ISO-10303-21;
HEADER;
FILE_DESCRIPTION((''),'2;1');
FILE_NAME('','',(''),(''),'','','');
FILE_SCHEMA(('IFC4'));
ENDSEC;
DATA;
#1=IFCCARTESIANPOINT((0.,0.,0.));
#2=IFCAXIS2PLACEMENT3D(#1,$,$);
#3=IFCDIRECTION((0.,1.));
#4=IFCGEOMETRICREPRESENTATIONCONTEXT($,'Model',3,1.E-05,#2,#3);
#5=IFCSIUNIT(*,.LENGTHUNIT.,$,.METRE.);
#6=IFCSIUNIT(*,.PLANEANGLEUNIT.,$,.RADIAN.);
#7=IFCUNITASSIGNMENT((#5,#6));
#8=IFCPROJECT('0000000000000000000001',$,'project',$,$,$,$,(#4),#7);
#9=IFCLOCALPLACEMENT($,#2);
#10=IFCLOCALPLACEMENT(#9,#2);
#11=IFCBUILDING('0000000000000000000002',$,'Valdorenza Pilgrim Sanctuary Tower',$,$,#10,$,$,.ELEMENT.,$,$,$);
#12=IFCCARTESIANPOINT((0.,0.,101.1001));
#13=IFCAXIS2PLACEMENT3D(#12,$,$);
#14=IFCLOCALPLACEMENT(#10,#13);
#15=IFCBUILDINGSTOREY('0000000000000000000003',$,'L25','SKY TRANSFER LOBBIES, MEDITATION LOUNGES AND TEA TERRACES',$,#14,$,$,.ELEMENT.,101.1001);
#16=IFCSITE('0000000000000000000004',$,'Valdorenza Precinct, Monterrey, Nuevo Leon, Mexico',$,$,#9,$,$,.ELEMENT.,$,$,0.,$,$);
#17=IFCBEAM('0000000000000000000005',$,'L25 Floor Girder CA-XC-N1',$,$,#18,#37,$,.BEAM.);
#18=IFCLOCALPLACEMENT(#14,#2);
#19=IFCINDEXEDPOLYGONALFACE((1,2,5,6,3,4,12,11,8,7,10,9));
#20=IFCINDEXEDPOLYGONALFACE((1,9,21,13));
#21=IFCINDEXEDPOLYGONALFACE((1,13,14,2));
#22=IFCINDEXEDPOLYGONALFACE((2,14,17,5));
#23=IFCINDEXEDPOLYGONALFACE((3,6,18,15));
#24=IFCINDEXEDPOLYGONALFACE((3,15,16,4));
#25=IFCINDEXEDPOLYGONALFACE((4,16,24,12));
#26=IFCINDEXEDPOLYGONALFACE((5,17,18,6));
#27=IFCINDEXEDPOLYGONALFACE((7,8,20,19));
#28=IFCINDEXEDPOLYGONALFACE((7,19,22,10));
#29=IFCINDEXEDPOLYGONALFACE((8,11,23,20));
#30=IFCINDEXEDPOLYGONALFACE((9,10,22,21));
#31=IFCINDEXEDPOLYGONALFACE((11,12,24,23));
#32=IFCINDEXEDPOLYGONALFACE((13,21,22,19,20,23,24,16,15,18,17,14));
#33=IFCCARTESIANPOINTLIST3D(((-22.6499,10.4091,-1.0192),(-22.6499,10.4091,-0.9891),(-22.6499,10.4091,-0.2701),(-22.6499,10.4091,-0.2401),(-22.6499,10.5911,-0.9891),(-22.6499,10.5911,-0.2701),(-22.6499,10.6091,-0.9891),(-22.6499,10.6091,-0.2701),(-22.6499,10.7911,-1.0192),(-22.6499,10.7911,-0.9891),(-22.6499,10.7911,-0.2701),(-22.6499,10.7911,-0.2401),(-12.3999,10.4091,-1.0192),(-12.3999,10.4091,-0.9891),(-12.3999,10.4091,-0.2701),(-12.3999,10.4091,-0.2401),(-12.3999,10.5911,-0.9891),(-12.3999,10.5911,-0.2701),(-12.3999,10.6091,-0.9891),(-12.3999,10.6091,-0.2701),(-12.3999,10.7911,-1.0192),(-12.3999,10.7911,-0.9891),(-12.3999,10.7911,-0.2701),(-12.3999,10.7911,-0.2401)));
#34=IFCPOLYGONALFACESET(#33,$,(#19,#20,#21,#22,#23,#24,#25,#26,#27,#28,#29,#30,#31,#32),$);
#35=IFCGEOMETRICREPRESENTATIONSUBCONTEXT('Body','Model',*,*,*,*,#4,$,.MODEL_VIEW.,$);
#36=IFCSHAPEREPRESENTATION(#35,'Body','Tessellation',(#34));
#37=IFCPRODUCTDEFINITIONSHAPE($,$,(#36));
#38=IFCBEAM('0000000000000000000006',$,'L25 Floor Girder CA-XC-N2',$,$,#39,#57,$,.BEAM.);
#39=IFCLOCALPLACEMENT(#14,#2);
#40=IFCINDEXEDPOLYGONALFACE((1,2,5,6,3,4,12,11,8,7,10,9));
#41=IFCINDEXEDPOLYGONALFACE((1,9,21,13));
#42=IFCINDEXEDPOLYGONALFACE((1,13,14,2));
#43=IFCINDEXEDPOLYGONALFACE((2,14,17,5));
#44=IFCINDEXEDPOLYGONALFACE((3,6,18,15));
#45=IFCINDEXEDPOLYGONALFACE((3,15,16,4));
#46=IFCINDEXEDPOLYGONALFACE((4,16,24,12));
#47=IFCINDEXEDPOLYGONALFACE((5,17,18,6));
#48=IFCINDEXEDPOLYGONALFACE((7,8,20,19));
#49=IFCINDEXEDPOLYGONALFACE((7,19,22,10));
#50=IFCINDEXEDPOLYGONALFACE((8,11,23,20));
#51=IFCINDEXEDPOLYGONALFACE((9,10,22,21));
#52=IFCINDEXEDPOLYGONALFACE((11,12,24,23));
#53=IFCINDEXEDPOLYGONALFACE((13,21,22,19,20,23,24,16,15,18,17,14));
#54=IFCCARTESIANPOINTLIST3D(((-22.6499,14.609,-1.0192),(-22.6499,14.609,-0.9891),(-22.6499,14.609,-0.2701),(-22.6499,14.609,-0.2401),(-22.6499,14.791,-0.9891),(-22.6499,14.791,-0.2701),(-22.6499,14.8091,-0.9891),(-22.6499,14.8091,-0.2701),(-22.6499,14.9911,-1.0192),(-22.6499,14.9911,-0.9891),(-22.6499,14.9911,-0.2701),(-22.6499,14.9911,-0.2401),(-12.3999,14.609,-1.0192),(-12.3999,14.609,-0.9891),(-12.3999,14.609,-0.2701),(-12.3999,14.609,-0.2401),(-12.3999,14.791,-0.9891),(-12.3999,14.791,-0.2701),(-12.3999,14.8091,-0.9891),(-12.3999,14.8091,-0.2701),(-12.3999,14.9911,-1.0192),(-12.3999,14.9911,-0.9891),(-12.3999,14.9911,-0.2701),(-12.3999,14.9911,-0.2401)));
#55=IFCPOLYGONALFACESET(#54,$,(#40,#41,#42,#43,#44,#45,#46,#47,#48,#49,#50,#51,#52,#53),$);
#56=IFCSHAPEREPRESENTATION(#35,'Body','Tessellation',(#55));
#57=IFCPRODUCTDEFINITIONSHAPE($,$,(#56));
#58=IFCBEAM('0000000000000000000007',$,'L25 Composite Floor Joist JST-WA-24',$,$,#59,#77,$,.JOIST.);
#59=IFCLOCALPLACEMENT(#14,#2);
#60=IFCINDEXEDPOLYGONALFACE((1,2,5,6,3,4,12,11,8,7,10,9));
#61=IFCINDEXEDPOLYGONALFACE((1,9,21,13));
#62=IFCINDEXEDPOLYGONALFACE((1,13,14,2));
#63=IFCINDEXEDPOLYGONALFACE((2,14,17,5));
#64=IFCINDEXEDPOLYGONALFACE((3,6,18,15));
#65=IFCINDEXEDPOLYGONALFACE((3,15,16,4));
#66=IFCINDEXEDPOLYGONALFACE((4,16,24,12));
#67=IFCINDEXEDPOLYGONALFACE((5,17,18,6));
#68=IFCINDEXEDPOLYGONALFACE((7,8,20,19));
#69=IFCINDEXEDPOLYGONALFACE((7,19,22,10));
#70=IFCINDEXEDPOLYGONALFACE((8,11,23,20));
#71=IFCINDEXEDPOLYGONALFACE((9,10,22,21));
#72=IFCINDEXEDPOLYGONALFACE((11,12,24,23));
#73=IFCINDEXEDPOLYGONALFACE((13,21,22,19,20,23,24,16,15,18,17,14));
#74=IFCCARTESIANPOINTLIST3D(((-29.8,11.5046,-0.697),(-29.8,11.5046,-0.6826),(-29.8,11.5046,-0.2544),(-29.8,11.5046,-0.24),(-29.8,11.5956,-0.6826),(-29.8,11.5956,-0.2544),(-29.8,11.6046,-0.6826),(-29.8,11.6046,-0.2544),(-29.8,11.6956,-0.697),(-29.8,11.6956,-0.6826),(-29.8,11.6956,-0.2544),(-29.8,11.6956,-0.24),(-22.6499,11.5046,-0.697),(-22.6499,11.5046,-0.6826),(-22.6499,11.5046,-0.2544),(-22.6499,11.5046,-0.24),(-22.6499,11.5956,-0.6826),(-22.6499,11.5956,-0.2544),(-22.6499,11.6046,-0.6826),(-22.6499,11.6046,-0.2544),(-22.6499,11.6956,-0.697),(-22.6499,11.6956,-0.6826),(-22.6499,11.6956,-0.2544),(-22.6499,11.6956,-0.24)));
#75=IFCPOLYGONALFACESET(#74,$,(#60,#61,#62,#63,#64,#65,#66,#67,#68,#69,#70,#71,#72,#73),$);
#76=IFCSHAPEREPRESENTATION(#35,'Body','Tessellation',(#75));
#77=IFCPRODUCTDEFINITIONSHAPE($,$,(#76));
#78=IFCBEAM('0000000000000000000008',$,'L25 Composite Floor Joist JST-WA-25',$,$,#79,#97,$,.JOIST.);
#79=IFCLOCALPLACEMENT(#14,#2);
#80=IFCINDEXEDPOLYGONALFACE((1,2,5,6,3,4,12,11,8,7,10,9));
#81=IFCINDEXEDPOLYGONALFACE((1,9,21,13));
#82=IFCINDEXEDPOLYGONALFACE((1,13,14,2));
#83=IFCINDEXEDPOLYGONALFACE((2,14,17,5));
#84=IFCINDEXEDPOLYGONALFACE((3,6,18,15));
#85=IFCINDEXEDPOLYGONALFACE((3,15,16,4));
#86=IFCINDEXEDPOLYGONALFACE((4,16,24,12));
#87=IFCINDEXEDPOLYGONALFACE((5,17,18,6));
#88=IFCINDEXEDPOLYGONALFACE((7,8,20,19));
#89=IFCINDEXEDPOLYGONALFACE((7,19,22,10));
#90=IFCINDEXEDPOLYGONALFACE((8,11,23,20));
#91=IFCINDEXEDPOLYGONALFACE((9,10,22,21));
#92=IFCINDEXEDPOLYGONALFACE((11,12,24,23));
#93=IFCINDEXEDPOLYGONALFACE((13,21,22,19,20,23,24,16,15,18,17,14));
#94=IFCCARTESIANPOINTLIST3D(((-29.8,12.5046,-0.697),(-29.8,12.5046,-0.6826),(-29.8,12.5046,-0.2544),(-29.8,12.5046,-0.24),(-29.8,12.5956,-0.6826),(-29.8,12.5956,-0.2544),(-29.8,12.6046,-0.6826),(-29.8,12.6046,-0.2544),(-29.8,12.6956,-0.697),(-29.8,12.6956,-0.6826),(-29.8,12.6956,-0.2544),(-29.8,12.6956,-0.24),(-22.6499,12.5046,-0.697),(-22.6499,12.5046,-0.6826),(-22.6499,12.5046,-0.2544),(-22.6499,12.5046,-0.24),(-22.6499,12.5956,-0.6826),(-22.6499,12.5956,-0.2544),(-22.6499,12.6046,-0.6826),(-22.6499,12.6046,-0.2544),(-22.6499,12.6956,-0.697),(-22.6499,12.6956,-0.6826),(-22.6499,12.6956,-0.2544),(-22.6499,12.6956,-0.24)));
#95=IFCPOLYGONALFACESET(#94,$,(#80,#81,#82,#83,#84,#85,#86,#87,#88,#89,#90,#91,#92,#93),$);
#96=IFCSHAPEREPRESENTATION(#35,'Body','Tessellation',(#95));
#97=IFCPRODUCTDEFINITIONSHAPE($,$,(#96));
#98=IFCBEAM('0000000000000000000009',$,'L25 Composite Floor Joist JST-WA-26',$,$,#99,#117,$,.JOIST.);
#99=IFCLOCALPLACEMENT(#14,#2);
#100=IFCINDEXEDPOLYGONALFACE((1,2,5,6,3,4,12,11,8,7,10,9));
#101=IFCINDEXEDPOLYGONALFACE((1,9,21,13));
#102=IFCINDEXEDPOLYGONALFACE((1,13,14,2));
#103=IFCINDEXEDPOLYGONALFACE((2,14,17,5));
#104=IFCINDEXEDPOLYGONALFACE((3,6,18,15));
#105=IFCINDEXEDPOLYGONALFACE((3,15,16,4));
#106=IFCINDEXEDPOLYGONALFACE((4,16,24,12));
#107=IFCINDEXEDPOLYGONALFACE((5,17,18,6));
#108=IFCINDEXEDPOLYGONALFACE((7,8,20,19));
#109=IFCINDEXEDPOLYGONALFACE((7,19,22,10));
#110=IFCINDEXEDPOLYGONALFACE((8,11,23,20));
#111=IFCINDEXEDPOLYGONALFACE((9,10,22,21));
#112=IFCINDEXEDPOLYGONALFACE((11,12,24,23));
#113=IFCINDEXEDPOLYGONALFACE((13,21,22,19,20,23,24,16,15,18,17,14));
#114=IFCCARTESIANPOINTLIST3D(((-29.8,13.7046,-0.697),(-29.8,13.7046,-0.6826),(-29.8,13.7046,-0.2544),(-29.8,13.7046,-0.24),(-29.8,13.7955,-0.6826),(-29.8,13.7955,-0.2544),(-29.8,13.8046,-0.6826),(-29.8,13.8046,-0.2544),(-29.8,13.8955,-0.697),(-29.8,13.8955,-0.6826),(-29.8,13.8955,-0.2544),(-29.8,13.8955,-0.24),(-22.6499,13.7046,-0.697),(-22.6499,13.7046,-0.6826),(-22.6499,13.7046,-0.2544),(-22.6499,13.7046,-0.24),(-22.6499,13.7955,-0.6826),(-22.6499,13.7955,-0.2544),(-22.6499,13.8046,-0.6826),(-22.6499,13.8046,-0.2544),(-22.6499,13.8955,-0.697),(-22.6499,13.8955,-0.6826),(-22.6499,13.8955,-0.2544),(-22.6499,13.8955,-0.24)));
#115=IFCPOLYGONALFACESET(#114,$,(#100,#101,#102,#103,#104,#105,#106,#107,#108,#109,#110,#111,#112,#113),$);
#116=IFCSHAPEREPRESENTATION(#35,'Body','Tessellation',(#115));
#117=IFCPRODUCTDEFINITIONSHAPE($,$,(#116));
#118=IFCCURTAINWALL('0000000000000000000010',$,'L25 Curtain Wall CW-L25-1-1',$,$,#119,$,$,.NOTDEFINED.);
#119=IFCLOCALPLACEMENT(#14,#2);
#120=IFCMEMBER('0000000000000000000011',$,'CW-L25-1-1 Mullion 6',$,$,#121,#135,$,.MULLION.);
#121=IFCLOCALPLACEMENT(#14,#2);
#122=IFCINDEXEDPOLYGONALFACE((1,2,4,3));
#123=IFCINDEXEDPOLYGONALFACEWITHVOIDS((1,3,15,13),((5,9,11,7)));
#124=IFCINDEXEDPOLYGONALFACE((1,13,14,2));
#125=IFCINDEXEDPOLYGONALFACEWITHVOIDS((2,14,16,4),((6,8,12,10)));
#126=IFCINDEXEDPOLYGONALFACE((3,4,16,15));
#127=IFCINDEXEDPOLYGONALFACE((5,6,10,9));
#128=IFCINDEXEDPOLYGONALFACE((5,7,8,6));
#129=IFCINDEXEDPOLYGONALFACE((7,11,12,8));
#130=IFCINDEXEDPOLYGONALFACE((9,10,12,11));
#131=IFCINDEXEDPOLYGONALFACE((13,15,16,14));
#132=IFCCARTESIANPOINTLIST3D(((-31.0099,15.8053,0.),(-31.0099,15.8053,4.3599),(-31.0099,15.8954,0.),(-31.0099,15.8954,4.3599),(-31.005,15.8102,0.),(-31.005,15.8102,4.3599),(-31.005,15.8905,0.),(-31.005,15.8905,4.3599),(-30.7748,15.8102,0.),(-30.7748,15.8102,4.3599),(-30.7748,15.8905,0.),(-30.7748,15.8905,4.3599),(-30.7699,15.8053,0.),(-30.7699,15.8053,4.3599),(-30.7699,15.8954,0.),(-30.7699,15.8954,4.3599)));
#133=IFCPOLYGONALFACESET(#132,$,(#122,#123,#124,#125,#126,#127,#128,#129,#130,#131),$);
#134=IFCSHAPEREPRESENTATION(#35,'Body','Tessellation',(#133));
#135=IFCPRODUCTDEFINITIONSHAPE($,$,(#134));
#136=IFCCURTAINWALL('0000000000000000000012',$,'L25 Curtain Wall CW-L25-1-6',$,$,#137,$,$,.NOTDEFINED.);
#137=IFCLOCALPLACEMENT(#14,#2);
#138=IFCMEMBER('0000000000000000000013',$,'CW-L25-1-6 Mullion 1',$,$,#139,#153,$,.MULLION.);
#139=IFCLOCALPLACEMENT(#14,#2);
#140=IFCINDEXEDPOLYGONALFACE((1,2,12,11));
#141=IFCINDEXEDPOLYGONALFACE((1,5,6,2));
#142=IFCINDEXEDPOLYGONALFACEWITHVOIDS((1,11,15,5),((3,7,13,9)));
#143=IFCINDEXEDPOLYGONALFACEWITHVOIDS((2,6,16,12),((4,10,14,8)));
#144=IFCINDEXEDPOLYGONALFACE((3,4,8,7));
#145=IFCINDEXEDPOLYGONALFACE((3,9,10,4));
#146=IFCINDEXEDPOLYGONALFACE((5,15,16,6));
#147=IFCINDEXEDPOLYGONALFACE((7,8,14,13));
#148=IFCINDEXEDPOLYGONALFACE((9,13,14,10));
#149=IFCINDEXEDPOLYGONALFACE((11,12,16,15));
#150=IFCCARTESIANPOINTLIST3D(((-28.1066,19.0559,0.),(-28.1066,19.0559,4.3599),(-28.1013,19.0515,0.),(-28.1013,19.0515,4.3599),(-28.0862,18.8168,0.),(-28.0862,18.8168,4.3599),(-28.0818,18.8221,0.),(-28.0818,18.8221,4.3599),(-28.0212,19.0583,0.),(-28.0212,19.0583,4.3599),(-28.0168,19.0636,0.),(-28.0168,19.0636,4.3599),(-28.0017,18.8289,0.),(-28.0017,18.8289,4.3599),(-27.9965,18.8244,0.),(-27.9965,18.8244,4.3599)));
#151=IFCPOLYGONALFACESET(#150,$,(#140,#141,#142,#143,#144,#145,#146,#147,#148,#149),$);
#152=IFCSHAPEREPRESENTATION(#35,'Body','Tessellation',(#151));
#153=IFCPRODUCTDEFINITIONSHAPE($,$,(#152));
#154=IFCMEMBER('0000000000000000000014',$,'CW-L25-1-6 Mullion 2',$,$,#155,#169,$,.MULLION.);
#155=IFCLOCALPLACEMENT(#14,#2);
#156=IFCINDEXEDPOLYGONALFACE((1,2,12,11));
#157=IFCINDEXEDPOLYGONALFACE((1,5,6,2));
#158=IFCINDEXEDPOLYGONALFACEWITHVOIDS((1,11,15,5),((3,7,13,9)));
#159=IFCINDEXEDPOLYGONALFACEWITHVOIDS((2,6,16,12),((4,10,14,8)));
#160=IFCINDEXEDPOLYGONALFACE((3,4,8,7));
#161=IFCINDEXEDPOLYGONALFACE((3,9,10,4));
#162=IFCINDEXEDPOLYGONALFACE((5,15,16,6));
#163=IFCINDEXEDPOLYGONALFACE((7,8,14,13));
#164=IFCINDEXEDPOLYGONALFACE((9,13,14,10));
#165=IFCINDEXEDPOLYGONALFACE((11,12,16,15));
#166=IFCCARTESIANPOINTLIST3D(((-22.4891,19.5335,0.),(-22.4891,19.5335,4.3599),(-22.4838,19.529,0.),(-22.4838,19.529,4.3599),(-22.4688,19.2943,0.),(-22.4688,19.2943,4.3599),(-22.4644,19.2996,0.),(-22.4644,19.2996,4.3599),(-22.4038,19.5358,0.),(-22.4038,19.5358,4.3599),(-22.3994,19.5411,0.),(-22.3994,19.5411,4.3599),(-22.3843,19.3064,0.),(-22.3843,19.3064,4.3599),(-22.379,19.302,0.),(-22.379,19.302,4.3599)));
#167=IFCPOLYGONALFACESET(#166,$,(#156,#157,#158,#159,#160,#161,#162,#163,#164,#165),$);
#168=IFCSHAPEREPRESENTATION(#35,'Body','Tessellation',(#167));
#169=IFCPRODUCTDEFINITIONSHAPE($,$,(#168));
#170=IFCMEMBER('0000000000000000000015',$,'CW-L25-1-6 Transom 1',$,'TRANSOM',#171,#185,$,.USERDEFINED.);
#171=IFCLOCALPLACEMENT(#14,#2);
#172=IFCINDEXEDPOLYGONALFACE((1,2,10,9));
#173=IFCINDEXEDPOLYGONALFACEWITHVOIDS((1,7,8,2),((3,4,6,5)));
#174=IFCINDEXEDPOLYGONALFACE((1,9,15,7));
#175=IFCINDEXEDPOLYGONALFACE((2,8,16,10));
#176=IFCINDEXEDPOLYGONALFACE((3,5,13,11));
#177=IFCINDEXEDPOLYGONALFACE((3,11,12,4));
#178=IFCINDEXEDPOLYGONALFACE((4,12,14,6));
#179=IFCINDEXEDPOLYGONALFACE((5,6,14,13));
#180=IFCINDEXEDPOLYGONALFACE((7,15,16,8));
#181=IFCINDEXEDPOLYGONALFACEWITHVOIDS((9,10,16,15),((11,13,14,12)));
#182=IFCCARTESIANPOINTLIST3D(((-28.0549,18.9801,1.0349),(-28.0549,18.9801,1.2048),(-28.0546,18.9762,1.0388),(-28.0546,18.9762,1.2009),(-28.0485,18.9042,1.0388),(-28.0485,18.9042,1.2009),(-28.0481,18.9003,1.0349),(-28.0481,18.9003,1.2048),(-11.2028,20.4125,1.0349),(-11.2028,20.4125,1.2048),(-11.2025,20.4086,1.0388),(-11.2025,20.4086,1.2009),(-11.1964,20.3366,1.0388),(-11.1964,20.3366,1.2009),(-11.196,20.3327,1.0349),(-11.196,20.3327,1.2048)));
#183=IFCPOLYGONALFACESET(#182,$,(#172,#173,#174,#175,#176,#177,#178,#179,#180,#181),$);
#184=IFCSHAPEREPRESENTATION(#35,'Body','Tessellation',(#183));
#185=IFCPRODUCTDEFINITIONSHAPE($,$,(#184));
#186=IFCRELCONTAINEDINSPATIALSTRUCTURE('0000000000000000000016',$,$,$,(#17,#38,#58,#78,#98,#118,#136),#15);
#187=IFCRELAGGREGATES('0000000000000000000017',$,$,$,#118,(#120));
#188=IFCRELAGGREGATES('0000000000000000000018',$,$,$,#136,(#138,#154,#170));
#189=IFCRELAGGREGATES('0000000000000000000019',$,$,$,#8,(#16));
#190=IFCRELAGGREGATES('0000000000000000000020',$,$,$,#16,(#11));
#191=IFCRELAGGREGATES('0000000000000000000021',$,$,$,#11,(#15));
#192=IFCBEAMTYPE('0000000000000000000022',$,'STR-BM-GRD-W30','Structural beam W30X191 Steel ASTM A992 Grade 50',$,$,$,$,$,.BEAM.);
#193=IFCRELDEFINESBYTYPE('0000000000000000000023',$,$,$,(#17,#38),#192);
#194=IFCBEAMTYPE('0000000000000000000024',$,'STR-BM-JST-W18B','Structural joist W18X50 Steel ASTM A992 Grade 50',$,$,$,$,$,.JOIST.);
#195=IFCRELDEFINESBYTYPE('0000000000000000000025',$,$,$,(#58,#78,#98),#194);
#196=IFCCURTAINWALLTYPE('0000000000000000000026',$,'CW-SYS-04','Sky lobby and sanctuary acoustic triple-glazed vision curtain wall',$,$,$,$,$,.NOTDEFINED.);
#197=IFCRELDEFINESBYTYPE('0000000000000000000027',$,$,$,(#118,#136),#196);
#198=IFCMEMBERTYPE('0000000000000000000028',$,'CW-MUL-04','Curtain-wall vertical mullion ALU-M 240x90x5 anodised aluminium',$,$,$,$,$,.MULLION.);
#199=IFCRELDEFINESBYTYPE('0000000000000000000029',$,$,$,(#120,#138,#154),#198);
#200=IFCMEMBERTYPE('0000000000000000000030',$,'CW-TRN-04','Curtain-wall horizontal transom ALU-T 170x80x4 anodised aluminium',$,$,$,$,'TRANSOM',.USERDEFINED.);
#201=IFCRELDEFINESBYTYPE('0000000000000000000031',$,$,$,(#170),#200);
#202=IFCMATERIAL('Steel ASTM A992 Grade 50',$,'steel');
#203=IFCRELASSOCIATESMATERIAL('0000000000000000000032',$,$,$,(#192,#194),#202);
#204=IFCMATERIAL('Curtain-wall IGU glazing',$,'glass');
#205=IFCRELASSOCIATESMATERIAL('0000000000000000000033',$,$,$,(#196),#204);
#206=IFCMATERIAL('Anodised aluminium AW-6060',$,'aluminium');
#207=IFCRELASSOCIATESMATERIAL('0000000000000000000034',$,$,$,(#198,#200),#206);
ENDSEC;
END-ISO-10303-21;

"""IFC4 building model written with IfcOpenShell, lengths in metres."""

from ifc_helpers import new_model, si_unit, direction, frame, origin, origin_2d, place, context, subcontext, project, spatial, hollow_rectangle, i_section, extrude, source, transform, mapped, material, material_profile, profile_set, type_object, element, aggregate, save


model = new_model("IFC4")

# Units and contexts
model_context = context("Model", 3, precision=1e-05, world=origin(), true_north=direction((0.0, 1.0)))
body_context = subcontext(model_context, "Body", "Model", "MODEL_VIEW")
ifc_project = project(units=[si_unit("LENGTHUNIT", "METRE"), si_unit("PLANEANGLEUNIT", "RADIAN")], contexts=[model_context])

# Site, building, storey
site_placement = place(None, origin())
site = spatial("IfcSite", under=ifc_project, at=site_placement, Name="Valdorenza Precinct, Monterrey, Nuevo Leon, Mexico", CompositionType="ELEMENT", RefElevation=0.0)
building_placement = place(site_placement, origin())
building = spatial("IfcBuilding", under=site, at=building_placement, Name="Valdorenza Pilgrim Sanctuary Tower", CompositionType="ELEMENT")
storey_placement = place(building_placement, frame((0.0, 0.0, 101.1001)))
storey = spatial("IfcBuildingStorey", under=building, at=storey_placement, Name="L25", Description="SKY TRANSFER LOBBIES, MEDITATION LOUNGES AND TEA TERRACES", CompositionType="ELEMENT", Elevation=101.1001)

# Beams
ifc_material_1 = material(Name="Steel ASTM A992 Grade 50", Category="steel")
ifc_material_profile_1 = material_profile(ifc_material_1, i_section(OverallWidth=0.3821, OverallDepth=0.7791, WebThickness=0.0181, FlangeThickness=0.03, at=origin_2d()), Name="W30X191")
ifc_profile_set_1 = profile_set([ifc_material_profile_1], Name="Steel ASTM A992 Grade 50")
beam_type_1 = type_object("IfcBeamType", Name="STR-BM-GRD-W30", Description="Structural beam W30X191 Steel ASTM A992 Grade 50", PredefinedType="BEAM", material=ifc_profile_set_1)
shared_shape_1 = source(origin(), body_context, "Body", "SweptSolid", [
    extrude(i_section(OverallWidth=0.3821, OverallDepth=0.7791, WebThickness=0.0181, FlangeThickness=0.03, at=origin_2d()), origin(), (0.0, 0.0, 1.0), 10.25),
])
for number, where, z_axis, x_axis, name in (
    (1, (-22.6499, 10.6001, -0.6296), (1.0, 0.0, 0.0), (0.0, 1.0, 0.0), "L25 Floor Girder CA-XC-N1"),
    (2, (-22.6499, 14.8, -0.6296), (1.0, 0.0, 0.0), (0.0, 1.0, 0.0), "L25 Floor Girder CA-XC-N2"),
):
    element("IfcBeam", number, at=place(storey_placement, frame(where, z_axis=z_axis, x_axis=x_axis)), inside=storey, type_object=beam_type_1, Name=name, PredefinedType="BEAM", context=body_context, shape_type="MappedRepresentation", body=[
        mapped(shared_shape_1, transform((0.0, 0.0, 0.0), x_axis=(1.0, 0.0, 0.0), y_axis=(0.0, 1.0, 0.0), z_axis=(0.0, 0.0, 1.0), scale=1.0)),
    ])
ifc_material_profile_2 = material_profile(ifc_material_1, i_section(OverallWidth=0.1909, OverallDepth=0.457, WebThickness=0.009, FlangeThickness=0.0144, at=origin_2d()), Name="W18X50")
ifc_profile_set_2 = profile_set([ifc_material_profile_2], Name="Steel ASTM A992 Grade 50")
beam_type_2 = type_object("IfcBeamType", Name="STR-BM-JST-W18B", Description="Structural joist W18X50 Steel ASTM A992 Grade 50", PredefinedType="JOIST", material=ifc_profile_set_2)
shared_shape_2 = source(origin(), body_context, "Body", "SweptSolid", [
    extrude(i_section(OverallWidth=0.1909, OverallDepth=0.457, WebThickness=0.009, FlangeThickness=0.0144, at=origin_2d()), origin(), (0.0, 0.0, 1.0), 7.1501),
])
for number, where, z_axis, x_axis, name in (
    (3, (-29.8, 11.6001, -0.4685), (1.0, 0.0, 0.0), (0.0, 1.0, 0.0), "L25 Composite Floor Joist JST-WA-24"),
    (4, (-29.8, 12.6001, -0.4685), (1.0, 0.0, 0.0), (0.0, 1.0, 0.0), "L25 Composite Floor Joist JST-WA-25"),
    (5, (-29.8, 13.8, -0.4685), (1.0, 0.0, 0.0), (0.0, 1.0, 0.0), "L25 Composite Floor Joist JST-WA-26"),
):
    element("IfcBeam", number, at=place(storey_placement, frame(where, z_axis=z_axis, x_axis=x_axis)), inside=storey, type_object=beam_type_2, Name=name, PredefinedType="JOIST", context=body_context, shape_type="MappedRepresentation", body=[
        mapped(shared_shape_2, transform((0.0, 0.0, 0.0), x_axis=(1.0, 0.0, 0.0), y_axis=(0.0, 1.0, 0.0), z_axis=(0.0, 0.0, 1.0), scale=1.0)),
    ])

# Curtain wall, member
ifc_material_2 = material(Name="Curtain-wall IGU glazing", Category="glass")
curtain_wall_type = type_object("IfcCurtainWallType", Name="CW-SYS-04", Description="Sky lobby and sanctuary acoustic triple-glazed vision curtain wall", PredefinedType="NOTDEFINED", material=ifc_material_2)
curtain_wall_1_placement = place(storey_placement, origin())
curtain_wall_1 = element("IfcCurtainWall", 6, at=curtain_wall_1_placement, inside=storey, type_object=curtain_wall_type, Name="L25 Curtain Wall CW-L25-1-1", PredefinedType="NOTDEFINED")
ifc_material_3 = material(Name="Anodised aluminium AW-6060", Category="aluminium")
ifc_material_profile_3 = material_profile(ifc_material_3, hollow_rectangle(XDim=0.0901, YDim=0.24, WallThickness=0.0049, at=origin_2d()), Name="ALU-M 240x90x5")
ifc_profile_set_3 = profile_set([ifc_material_profile_3], Name="Anodised aluminium AW-6060")
member_type_1 = type_object("IfcMemberType", Name="CW-MUL-04", Description="Curtain-wall vertical mullion ALU-M 240x90x5 anodised aluminium", PredefinedType="MULLION", material=ifc_profile_set_3)
shared_shape_3 = source(origin(), body_context, "Body", "SweptSolid", [
    extrude(hollow_rectangle(XDim=0.0901, YDim=0.24, WallThickness=0.0049, at=origin_2d()), origin(), (0.0, 0.0, 1.0), 4.3599),
])
member_1_placement = place(storey_placement, frame((-30.8899, 15.8503, 0.0), z_axis=(0.0, 0.0, 1.0), x_axis=(0.0, 1.0, 0.0)))
member_1 = element("IfcMember", 7, at=member_1_placement, type_object=member_type_1, Name="CW-L25-1-1 Mullion 6", PredefinedType="MULLION", context=body_context, shape_type="MappedRepresentation", body=[
    mapped(shared_shape_3, transform((0.0, 0.0, 0.0), x_axis=(1.0, 0.0, 0.0), y_axis=(0.0, 1.0, 0.0), z_axis=(0.0, 0.0, 1.0), scale=1.0)),
])

# Curtain wall, members
curtain_wall_2_placement = place(storey_placement, origin())
curtain_wall_2 = element("IfcCurtainWall", 8, at=curtain_wall_2_placement, inside=storey, type_object=curtain_wall_type, Name="L25 Curtain Wall CW-L25-1-6", PredefinedType="NOTDEFINED")
member_2_placement = place(storey_placement, frame((-28.0515, 18.9402, 0.0), z_axis=(0.0, 0.0, 1.0), x_axis=(0.996408, 0.084687, 0.0)))
member_2 = element("IfcMember", 9, at=member_2_placement, type_object=member_type_1, Name="CW-L25-1-6 Mullion 1", PredefinedType="MULLION", context=body_context, shape_type="MappedRepresentation", body=[
    mapped(shared_shape_3, transform((0.0, 0.0, 0.0), x_axis=(1.0, 0.0, 0.0), y_axis=(0.0, 1.0, 0.0), z_axis=(0.0, 0.0, 1.0), scale=1.0)),
])
member_3_placement = place(storey_placement, frame((-22.4341, 19.4177, 0.0), z_axis=(0.0, 0.0, 1.0), x_axis=(0.996408, 0.084687, 0.0)))
member_3 = element("IfcMember", 10, at=member_3_placement, type_object=member_type_1, Name="CW-L25-1-6 Mullion 2", PredefinedType="MULLION", context=body_context, shape_type="MappedRepresentation", body=[
    mapped(shared_shape_3, transform((0.0, 0.0, 0.0), x_axis=(1.0, 0.0, 0.0), y_axis=(0.0, 1.0, 0.0), z_axis=(0.0, 0.0, 1.0), scale=1.0)),
])
ifc_material_profile_4 = material_profile(ifc_material_3, hollow_rectangle(XDim=0.0801, YDim=0.1699, WallThickness=0.0039, at=origin_2d()), Name="ALU-T 170x80x4")
ifc_profile_set_4 = profile_set([ifc_material_profile_4], Name="Anodised aluminium AW-6060")
member_type_2 = type_object("IfcMemberType", Name="CW-TRN-04", Description="Curtain-wall horizontal transom ALU-T 170x80x4 anodised aluminium", ElementType="TRANSOM", PredefinedType="USERDEFINED", material=ifc_profile_set_4)
shared_shape_4 = source(origin(), body_context, "Body", "SweptSolid", [
    extrude(hollow_rectangle(XDim=0.0801, YDim=0.1699, WallThickness=0.0039, at=origin_2d()), origin(), (0.0, 0.0, 1.0), 16.9128),
])
member_4_placement = place(storey_placement, frame((-28.0515, 18.9402, 1.1199), z_axis=(0.996407, 0.084692, 0.0), x_axis=(-0.084692, 0.996407, 0.0)))
member_4 = element("IfcMember", 11, at=member_4_placement, type_object=member_type_2, Name="CW-L25-1-6 Transom 1", ObjectType="TRANSOM", PredefinedType="USERDEFINED", context=body_context, shape_type="MappedRepresentation", body=[
    mapped(shared_shape_4, transform((0.0, 0.0, 0.0), x_axis=(1.0, 0.0, 0.0), y_axis=(0.0, 1.0, 0.0), z_axis=(0.0, 0.0, 1.0), scale=1.0)),
])

aggregate(curtain_wall_1, [member_1])
aggregate(curtain_wall_2, [member_2, member_3, member_4])

save(model, "model.ifc")
